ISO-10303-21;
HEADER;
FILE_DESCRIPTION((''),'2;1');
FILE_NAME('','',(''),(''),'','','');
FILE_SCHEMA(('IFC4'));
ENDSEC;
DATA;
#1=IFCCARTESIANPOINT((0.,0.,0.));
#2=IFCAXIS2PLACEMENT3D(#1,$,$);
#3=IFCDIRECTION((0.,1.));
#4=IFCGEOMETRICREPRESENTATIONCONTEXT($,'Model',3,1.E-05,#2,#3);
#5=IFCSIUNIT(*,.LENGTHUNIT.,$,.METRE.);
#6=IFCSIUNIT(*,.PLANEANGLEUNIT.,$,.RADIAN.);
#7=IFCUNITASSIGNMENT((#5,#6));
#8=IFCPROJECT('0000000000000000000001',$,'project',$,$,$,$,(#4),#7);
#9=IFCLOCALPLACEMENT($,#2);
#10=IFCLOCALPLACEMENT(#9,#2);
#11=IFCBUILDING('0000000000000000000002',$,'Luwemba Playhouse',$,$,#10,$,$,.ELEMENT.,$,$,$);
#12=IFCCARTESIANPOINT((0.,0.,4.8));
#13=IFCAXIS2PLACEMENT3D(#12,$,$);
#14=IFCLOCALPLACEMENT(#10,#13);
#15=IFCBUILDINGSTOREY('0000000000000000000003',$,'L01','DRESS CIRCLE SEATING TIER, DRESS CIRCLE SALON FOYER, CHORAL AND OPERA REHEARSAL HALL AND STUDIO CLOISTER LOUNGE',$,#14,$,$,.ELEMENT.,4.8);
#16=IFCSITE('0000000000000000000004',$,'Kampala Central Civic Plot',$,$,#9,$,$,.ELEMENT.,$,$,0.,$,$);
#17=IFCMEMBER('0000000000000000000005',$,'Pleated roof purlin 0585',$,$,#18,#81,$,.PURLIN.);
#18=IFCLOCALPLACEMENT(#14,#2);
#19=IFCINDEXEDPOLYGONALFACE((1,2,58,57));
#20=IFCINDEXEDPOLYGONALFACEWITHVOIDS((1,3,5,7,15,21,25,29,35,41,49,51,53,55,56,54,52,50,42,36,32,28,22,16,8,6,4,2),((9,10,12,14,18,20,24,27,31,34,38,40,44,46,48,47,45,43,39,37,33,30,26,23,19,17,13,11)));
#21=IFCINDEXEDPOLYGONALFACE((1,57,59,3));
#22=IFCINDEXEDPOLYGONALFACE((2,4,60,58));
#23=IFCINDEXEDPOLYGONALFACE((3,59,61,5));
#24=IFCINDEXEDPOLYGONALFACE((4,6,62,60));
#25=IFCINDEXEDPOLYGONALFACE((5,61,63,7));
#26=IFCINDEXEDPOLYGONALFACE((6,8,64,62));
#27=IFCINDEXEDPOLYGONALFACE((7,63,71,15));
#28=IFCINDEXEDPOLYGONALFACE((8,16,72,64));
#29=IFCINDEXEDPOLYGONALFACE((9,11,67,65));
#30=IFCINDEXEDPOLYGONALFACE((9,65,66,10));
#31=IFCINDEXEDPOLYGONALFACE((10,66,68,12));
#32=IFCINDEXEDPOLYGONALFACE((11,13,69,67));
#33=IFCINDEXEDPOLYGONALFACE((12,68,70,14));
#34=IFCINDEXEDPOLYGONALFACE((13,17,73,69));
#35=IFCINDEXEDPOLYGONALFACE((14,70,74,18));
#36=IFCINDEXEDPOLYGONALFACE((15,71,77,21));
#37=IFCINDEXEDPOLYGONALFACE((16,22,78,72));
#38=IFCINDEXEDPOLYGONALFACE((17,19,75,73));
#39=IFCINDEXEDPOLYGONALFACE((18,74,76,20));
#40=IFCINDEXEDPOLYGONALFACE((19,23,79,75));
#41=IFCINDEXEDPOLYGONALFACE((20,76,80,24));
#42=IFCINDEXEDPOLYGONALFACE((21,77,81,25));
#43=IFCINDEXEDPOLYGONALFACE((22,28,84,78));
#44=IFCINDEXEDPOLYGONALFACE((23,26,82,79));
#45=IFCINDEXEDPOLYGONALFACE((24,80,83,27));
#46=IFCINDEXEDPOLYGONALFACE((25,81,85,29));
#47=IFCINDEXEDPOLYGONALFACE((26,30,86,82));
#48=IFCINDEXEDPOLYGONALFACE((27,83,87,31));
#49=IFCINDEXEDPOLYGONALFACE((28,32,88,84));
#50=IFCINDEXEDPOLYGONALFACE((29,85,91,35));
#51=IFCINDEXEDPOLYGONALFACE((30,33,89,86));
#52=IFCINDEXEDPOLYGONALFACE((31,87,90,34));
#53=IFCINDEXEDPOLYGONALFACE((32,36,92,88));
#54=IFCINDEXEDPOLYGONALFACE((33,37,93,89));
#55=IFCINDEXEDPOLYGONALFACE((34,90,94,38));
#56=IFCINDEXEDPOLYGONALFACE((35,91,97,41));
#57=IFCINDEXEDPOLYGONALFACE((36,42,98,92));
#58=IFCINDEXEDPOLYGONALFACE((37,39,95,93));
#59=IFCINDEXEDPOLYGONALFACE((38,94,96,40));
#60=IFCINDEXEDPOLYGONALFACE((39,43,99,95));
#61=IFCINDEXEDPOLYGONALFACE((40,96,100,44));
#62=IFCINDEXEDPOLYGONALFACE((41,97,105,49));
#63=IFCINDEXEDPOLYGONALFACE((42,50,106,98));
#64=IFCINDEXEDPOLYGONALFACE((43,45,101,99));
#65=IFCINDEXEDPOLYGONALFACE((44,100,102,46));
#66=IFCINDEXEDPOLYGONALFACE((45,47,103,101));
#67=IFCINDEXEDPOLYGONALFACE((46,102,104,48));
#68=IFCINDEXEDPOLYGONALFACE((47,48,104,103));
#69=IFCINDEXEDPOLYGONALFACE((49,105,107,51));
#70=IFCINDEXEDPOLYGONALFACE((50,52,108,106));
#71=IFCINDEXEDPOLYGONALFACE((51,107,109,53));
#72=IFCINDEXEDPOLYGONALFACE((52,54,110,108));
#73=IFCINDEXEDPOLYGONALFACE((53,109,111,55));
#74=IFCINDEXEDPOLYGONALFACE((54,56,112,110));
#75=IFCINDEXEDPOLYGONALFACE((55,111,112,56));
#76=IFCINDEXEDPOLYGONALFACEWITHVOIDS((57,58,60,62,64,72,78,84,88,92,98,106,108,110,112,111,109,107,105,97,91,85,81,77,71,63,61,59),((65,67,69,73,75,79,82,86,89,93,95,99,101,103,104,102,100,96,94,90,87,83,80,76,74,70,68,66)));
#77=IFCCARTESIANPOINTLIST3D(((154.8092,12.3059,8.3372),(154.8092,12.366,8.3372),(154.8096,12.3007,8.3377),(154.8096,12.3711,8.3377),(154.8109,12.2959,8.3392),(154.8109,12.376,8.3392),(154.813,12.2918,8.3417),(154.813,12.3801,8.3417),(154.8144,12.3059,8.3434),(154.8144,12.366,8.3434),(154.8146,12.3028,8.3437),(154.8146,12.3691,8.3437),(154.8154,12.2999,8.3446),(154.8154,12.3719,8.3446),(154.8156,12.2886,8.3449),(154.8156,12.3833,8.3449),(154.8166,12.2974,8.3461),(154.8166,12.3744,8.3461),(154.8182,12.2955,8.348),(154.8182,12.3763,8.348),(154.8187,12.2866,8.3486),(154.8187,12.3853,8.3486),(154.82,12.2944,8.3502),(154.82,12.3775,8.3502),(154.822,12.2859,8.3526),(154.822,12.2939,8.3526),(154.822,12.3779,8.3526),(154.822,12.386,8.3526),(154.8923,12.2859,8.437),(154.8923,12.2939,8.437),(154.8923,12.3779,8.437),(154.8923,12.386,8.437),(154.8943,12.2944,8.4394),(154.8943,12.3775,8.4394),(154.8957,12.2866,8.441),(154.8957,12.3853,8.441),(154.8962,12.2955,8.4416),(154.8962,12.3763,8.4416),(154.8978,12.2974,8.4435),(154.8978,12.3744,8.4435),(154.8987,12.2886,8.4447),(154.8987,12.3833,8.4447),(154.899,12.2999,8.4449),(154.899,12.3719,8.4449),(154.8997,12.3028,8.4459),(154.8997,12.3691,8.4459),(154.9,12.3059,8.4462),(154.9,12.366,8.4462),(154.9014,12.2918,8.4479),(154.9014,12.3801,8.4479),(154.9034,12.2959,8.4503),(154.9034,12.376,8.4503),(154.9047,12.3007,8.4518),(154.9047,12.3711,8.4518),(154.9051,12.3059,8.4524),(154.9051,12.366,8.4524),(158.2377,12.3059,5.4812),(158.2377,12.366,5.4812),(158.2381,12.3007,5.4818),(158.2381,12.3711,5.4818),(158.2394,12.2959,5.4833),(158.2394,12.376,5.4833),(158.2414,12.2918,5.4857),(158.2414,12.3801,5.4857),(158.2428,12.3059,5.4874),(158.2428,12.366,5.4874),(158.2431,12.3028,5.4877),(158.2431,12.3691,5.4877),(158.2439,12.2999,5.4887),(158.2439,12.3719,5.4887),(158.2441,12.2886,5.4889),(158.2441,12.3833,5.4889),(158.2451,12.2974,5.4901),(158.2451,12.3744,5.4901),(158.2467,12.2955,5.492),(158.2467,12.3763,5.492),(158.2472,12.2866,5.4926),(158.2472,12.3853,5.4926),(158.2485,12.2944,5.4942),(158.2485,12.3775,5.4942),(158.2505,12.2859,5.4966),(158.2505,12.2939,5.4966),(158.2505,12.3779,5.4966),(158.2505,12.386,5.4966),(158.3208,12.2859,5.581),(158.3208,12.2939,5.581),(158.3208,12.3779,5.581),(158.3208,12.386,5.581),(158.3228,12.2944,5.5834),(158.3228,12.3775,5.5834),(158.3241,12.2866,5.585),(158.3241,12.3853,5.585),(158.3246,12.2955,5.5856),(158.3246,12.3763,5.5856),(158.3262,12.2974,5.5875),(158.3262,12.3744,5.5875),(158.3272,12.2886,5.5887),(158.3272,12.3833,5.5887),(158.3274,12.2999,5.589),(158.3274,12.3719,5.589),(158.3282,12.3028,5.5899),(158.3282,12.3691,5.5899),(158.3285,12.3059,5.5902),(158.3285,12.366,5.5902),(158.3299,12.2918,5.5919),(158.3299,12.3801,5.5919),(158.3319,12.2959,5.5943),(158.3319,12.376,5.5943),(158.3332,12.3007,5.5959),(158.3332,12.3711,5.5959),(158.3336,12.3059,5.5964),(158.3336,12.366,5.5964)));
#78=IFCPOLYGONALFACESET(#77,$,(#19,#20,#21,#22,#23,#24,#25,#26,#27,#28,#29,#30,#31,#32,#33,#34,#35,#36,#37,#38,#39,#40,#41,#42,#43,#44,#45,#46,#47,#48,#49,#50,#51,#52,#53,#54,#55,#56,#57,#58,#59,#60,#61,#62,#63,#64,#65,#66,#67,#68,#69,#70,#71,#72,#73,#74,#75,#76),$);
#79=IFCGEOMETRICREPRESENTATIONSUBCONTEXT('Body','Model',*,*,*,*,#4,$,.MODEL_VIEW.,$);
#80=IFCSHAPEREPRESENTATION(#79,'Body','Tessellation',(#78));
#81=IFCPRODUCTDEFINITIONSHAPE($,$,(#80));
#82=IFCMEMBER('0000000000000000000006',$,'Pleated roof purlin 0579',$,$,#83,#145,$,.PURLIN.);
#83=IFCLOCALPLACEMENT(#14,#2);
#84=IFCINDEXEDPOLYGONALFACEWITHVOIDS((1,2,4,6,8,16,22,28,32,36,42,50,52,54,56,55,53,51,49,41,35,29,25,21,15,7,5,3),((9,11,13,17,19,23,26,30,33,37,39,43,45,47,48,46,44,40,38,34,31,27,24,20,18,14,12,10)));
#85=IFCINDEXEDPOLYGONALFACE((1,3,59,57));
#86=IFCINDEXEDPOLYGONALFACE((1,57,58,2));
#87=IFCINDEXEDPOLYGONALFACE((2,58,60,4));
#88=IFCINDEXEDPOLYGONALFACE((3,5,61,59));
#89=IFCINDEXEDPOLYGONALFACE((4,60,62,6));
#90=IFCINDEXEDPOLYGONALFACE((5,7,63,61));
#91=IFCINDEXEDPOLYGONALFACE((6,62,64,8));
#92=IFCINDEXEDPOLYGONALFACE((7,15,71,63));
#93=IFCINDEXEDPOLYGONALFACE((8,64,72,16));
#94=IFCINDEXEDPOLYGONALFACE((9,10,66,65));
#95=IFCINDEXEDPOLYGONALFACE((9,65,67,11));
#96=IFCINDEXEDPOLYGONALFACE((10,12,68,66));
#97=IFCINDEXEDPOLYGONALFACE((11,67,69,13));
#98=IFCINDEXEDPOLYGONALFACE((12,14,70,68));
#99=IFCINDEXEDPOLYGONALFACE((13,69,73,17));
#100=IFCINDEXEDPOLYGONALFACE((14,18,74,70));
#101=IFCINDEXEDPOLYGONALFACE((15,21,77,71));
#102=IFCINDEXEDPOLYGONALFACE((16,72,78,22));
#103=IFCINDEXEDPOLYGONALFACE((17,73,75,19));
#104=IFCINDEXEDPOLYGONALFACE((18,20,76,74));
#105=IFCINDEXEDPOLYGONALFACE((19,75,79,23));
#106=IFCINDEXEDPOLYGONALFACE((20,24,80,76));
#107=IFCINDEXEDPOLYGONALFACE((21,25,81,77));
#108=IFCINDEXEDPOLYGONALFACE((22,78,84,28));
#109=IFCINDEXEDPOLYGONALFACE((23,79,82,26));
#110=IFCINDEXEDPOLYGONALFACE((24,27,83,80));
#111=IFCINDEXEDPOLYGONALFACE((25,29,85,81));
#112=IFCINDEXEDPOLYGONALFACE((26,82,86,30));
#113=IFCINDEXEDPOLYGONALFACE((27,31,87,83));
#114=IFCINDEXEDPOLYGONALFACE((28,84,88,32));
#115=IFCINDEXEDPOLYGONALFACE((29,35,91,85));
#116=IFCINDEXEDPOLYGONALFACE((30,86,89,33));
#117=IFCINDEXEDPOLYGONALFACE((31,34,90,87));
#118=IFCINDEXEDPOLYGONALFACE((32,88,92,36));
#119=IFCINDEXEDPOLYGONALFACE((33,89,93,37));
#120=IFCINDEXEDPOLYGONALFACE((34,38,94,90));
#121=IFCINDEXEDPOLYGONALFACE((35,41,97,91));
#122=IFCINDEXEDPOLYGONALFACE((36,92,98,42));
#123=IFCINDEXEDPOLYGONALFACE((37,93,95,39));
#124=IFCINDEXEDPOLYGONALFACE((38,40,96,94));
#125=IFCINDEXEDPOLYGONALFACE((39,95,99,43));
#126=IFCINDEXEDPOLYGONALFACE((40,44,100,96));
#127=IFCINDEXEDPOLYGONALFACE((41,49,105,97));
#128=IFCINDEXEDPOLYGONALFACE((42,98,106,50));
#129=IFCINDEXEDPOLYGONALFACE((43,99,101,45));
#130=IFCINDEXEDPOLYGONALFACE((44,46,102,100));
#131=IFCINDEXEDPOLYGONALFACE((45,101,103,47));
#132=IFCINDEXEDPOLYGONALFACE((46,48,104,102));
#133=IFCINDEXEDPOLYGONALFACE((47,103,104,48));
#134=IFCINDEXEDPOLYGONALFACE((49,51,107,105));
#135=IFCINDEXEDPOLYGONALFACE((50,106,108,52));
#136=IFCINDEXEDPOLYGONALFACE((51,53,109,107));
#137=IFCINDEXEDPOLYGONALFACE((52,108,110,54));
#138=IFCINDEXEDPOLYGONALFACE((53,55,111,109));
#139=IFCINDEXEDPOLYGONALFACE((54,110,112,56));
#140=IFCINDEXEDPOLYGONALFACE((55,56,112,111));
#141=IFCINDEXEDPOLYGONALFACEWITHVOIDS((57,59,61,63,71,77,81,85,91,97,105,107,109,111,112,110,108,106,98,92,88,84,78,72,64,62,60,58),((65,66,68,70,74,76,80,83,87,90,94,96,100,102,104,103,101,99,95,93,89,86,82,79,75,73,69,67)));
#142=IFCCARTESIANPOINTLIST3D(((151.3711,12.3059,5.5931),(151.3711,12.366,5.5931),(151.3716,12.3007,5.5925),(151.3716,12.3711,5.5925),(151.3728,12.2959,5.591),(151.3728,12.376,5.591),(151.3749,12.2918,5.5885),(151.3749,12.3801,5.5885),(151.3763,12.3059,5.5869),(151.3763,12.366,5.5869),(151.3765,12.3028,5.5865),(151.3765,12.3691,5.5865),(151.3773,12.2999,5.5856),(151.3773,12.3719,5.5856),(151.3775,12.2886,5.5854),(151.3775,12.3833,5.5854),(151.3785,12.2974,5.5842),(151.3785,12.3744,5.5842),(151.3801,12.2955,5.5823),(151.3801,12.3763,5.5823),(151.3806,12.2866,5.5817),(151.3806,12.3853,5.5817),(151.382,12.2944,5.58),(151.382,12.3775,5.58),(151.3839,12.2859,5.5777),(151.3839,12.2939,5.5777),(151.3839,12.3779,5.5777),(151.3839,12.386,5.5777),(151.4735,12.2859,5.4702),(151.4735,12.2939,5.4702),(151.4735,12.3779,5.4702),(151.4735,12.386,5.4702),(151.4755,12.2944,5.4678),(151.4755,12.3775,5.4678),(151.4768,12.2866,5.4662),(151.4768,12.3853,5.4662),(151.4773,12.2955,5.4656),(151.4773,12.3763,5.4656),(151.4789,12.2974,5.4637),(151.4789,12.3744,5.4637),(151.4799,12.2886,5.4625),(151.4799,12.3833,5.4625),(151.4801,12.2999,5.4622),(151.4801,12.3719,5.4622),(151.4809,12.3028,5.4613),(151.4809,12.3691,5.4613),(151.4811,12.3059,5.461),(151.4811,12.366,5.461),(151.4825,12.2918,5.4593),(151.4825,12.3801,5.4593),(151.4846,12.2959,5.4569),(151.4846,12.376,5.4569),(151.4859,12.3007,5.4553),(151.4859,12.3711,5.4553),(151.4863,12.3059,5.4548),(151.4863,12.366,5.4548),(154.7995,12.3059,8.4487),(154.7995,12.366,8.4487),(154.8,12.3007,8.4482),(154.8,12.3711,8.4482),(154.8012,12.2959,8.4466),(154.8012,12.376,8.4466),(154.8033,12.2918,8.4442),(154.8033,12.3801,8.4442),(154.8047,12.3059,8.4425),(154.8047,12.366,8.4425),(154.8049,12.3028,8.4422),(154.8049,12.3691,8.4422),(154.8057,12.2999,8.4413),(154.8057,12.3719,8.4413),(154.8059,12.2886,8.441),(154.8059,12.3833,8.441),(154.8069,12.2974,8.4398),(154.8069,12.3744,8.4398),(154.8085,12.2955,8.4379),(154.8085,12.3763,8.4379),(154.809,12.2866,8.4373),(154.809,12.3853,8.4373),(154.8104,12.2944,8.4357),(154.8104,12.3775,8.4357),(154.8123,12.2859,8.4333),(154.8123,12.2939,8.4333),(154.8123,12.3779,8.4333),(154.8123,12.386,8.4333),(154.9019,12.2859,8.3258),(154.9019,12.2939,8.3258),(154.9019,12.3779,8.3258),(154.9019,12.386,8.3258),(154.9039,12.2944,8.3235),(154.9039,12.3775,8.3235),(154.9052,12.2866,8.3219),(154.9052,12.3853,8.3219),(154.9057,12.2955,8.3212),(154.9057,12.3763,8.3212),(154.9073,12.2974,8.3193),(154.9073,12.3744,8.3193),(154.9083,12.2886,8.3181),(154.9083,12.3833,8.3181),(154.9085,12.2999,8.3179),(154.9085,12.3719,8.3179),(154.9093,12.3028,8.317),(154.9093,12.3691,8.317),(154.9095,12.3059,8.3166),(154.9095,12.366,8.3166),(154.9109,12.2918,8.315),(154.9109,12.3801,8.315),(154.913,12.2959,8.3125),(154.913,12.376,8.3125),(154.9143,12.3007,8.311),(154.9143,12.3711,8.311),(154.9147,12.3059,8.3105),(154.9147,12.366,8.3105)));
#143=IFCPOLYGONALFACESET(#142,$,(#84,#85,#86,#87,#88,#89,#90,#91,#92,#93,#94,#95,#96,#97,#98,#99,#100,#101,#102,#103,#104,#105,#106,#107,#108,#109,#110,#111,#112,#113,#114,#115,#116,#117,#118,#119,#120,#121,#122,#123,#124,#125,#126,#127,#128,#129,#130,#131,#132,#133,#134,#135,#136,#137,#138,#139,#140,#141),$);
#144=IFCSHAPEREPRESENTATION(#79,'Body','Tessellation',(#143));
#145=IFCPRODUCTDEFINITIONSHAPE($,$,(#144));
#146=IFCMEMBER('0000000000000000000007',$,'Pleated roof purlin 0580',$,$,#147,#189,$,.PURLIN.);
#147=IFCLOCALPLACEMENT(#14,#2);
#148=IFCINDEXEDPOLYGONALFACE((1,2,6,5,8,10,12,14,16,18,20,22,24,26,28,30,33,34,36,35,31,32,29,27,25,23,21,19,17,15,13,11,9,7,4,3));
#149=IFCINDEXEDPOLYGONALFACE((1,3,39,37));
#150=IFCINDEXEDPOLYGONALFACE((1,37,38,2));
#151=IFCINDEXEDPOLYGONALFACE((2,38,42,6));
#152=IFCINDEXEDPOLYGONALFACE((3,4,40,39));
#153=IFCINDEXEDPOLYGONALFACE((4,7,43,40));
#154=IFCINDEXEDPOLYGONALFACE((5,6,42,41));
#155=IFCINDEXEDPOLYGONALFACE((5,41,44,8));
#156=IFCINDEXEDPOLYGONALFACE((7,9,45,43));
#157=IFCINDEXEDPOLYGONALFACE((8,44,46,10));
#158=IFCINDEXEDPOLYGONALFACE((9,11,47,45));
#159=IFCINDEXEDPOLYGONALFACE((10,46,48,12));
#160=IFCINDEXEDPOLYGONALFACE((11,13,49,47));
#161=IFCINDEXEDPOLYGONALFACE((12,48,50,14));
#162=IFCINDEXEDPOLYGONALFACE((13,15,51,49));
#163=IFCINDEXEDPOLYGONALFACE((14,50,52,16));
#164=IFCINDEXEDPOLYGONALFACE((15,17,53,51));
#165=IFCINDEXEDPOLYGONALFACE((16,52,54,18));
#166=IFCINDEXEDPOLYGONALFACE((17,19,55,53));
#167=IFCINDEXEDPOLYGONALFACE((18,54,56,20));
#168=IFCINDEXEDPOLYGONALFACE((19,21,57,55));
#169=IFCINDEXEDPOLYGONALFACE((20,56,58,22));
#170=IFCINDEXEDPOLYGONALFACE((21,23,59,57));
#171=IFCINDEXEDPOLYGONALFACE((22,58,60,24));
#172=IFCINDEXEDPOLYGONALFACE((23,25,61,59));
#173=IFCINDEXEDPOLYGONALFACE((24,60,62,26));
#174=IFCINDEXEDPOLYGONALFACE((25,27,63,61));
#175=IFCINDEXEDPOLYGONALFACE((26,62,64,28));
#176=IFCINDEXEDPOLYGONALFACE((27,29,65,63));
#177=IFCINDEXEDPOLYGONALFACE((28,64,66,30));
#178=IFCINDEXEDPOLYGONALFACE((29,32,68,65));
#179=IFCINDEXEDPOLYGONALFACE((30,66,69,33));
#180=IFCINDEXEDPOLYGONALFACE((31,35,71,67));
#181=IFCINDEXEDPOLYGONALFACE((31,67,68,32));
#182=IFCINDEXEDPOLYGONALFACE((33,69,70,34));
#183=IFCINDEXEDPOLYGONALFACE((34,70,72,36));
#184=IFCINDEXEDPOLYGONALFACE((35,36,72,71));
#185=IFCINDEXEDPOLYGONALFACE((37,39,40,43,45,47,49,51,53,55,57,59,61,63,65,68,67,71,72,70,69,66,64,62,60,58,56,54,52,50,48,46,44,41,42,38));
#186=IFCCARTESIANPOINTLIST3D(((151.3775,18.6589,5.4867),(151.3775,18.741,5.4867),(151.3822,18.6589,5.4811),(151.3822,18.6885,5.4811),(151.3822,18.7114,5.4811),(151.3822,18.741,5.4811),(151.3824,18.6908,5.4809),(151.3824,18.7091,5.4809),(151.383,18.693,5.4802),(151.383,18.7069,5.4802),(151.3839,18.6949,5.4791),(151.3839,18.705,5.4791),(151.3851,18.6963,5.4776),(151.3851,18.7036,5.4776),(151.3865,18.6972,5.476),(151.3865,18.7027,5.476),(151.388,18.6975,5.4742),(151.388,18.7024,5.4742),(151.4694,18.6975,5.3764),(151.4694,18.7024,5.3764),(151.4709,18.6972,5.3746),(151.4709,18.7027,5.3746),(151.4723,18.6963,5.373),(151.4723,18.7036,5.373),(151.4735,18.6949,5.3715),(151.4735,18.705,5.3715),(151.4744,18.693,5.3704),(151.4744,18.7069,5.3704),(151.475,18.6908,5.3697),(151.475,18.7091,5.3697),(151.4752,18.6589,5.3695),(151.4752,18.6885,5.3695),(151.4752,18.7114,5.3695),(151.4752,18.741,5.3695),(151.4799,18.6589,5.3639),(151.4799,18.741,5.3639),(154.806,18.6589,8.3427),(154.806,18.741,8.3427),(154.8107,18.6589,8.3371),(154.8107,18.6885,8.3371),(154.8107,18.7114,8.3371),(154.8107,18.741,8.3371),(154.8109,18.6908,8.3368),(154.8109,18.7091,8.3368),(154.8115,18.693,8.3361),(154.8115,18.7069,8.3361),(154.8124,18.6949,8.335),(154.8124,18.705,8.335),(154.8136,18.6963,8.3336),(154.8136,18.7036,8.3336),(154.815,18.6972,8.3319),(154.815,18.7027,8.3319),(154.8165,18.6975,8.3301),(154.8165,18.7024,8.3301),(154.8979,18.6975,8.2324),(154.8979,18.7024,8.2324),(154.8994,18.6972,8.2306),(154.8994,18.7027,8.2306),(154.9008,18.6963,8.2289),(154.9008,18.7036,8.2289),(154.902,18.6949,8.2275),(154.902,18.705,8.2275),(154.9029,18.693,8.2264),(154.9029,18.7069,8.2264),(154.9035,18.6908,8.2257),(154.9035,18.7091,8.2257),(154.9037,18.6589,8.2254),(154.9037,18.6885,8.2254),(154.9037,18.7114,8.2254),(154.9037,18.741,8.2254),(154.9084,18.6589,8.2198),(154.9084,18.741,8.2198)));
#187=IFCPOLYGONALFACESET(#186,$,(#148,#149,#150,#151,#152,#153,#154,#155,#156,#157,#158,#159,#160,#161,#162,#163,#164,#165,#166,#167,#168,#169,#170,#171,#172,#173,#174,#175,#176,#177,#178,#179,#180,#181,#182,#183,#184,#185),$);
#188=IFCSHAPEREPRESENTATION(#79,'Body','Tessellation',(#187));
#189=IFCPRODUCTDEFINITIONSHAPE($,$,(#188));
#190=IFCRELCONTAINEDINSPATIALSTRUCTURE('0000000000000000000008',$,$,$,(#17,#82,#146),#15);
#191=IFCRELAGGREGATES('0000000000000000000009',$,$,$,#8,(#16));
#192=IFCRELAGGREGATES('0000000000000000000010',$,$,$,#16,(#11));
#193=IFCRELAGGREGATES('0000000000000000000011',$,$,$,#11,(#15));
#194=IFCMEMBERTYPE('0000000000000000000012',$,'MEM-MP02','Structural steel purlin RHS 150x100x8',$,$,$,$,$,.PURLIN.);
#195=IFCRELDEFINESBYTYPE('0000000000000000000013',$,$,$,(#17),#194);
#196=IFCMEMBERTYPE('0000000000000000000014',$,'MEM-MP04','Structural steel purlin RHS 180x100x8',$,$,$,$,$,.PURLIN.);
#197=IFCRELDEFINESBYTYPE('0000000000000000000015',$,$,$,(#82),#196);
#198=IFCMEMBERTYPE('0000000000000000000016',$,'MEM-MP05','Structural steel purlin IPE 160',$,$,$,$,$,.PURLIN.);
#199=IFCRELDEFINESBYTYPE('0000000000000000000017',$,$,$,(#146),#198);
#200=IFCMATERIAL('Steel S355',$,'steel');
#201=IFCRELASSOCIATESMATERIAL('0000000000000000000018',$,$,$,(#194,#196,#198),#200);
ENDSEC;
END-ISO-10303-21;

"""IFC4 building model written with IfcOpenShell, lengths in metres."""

from ifc_helpers import new_model, si_unit, direction, frame, origin, origin_2d, place, context, subcontext, project, spatial, hollow_rectangle, i_section, extrude, material, material_profile, profile_set, type_object, element, save


model = new_model("IFC4")

# Units and contexts
model_context = context("Model", 3, precision=1e-05, world=origin(), true_north=direction((0.0, 1.0)))
body_context = subcontext(model_context, "Body", "Model", "MODEL_VIEW")
ifc_project = project(units=[si_unit("LENGTHUNIT", "METRE"), si_unit("PLANEANGLEUNIT", "RADIAN")], contexts=[model_context])

# Site, building, storey
site_placement = place(None, origin())
site = spatial("IfcSite", under=ifc_project, at=site_placement, Name="Kampala Central Civic Plot", CompositionType="ELEMENT", RefElevation=0.0)
building_placement = place(site_placement, origin())
building = spatial("IfcBuilding", under=site, at=building_placement, Name="Luwemba Playhouse", CompositionType="ELEMENT")
storey_placement = place(building_placement, frame((0.0, 0.0, 4.8)))
storey = spatial("IfcBuildingStorey", under=building, at=storey_placement, Name="L01", Description="DRESS CIRCLE SEATING TIER, DRESS CIRCLE SALON FOYER, CHORAL AND OPERA REHEARSAL HALL AND STUDIO CLOISTER LOUNGE", CompositionType="ELEMENT", Elevation=4.8)

# Shared definitions
ifc_material_1 = material(Name="Steel S355", Category="steel")

# Members
ifc_material_profile_1 = material_profile(ifc_material_1, hollow_rectangle(XDim=0.1001, YDim=0.1499, WallThickness=0.0081, InnerFilletRadius=0.012, OuterFilletRadius=0.02, at=origin_2d()))
ifc_profile_set_1 = profile_set([ifc_material_profile_1], Name="Steel S355")
member_type_1 = type_object("IfcMemberType", Name="MEM-MP02", Description="Structural steel purlin RHS 150x100x8", PredefinedType="PURLIN", material=ifc_profile_set_1)
member_1_placement = place(storey_placement, frame((154.8572, 12.3359, 8.3948), z_axis=(0.768342, 0.0, -0.640039), x_axis=(0.0, 1.0, 0.0)))
element("IfcMember", 1, at=member_1_placement, inside=storey, type_object=member_type_1, Name="Pleated roof purlin 0585", PredefinedType="PURLIN", context=body_context, shape_type="SweptSolid", body=[
    extrude(hollow_rectangle(XDim=0.1001, YDim=0.1499, WallThickness=0.0081, InnerFilletRadius=0.012, OuterFilletRadius=0.02, at=origin_2d()), origin(), (0.0, 0.0, 1.0), 4.4622),
])
ifc_material_profile_2 = material_profile(ifc_material_1, hollow_rectangle(XDim=0.1001, YDim=0.1799, WallThickness=0.0081, InnerFilletRadius=0.012, OuterFilletRadius=0.02, at=origin_2d()))
ifc_profile_set_2 = profile_set([ifc_material_profile_2], Name="Steel S355")
member_type_2 = type_object("IfcMemberType", Name="MEM-MP04", Description="Structural steel purlin RHS 180x100x8", PredefinedType="PURLIN", material=ifc_profile_set_2)
member_2_placement = place(storey_placement, frame((151.4287, 12.3359, 5.5239), z_axis=(0.768369, 0.0, 0.640007), x_axis=(0.0, 1.0, 0.0)))
element("IfcMember", 2, at=member_2_placement, inside=storey, type_object=member_type_2, Name="Pleated roof purlin 0579", PredefinedType="PURLIN", context=body_context, shape_type="SweptSolid", body=[
    extrude(hollow_rectangle(XDim=0.1001, YDim=0.1799, WallThickness=0.0081, InnerFilletRadius=0.012, OuterFilletRadius=0.02, at=origin_2d()), origin(), (0.0, 0.0, 1.0), 4.4619),
])
ifc_material_profile_3 = material_profile(ifc_material_1, i_section(OverallWidth=0.082, OverallDepth=0.1599, WebThickness=0.0049, FlangeThickness=0.0073, FilletRadius=0.009, at=origin_2d()))
ifc_profile_set_3 = profile_set([ifc_material_profile_3], Name="Steel S355")
member_type_3 = type_object("IfcMemberType", Name="MEM-MP05", Description="Structural steel purlin IPE 160", PredefinedType="PURLIN", material=ifc_profile_set_3)
member_3_placement = place(storey_placement, frame((151.4287, 18.7, 5.4253), z_axis=(0.768342, 0.0, 0.640039), x_axis=(0.0, 1.0, 0.0)))
element("IfcMember", 3, at=member_3_placement, inside=storey, type_object=member_type_3, Name="Pleated roof purlin 0580", PredefinedType="PURLIN", context=body_context, shape_type="SweptSolid", body=[
    extrude(i_section(OverallWidth=0.082, OverallDepth=0.1599, WebThickness=0.0049, FlangeThickness=0.0073, FilletRadius=0.009, at=origin_2d()), origin(), (0.0, 0.0, 1.0), 4.4622),
])

save(model, "model.ifc")
